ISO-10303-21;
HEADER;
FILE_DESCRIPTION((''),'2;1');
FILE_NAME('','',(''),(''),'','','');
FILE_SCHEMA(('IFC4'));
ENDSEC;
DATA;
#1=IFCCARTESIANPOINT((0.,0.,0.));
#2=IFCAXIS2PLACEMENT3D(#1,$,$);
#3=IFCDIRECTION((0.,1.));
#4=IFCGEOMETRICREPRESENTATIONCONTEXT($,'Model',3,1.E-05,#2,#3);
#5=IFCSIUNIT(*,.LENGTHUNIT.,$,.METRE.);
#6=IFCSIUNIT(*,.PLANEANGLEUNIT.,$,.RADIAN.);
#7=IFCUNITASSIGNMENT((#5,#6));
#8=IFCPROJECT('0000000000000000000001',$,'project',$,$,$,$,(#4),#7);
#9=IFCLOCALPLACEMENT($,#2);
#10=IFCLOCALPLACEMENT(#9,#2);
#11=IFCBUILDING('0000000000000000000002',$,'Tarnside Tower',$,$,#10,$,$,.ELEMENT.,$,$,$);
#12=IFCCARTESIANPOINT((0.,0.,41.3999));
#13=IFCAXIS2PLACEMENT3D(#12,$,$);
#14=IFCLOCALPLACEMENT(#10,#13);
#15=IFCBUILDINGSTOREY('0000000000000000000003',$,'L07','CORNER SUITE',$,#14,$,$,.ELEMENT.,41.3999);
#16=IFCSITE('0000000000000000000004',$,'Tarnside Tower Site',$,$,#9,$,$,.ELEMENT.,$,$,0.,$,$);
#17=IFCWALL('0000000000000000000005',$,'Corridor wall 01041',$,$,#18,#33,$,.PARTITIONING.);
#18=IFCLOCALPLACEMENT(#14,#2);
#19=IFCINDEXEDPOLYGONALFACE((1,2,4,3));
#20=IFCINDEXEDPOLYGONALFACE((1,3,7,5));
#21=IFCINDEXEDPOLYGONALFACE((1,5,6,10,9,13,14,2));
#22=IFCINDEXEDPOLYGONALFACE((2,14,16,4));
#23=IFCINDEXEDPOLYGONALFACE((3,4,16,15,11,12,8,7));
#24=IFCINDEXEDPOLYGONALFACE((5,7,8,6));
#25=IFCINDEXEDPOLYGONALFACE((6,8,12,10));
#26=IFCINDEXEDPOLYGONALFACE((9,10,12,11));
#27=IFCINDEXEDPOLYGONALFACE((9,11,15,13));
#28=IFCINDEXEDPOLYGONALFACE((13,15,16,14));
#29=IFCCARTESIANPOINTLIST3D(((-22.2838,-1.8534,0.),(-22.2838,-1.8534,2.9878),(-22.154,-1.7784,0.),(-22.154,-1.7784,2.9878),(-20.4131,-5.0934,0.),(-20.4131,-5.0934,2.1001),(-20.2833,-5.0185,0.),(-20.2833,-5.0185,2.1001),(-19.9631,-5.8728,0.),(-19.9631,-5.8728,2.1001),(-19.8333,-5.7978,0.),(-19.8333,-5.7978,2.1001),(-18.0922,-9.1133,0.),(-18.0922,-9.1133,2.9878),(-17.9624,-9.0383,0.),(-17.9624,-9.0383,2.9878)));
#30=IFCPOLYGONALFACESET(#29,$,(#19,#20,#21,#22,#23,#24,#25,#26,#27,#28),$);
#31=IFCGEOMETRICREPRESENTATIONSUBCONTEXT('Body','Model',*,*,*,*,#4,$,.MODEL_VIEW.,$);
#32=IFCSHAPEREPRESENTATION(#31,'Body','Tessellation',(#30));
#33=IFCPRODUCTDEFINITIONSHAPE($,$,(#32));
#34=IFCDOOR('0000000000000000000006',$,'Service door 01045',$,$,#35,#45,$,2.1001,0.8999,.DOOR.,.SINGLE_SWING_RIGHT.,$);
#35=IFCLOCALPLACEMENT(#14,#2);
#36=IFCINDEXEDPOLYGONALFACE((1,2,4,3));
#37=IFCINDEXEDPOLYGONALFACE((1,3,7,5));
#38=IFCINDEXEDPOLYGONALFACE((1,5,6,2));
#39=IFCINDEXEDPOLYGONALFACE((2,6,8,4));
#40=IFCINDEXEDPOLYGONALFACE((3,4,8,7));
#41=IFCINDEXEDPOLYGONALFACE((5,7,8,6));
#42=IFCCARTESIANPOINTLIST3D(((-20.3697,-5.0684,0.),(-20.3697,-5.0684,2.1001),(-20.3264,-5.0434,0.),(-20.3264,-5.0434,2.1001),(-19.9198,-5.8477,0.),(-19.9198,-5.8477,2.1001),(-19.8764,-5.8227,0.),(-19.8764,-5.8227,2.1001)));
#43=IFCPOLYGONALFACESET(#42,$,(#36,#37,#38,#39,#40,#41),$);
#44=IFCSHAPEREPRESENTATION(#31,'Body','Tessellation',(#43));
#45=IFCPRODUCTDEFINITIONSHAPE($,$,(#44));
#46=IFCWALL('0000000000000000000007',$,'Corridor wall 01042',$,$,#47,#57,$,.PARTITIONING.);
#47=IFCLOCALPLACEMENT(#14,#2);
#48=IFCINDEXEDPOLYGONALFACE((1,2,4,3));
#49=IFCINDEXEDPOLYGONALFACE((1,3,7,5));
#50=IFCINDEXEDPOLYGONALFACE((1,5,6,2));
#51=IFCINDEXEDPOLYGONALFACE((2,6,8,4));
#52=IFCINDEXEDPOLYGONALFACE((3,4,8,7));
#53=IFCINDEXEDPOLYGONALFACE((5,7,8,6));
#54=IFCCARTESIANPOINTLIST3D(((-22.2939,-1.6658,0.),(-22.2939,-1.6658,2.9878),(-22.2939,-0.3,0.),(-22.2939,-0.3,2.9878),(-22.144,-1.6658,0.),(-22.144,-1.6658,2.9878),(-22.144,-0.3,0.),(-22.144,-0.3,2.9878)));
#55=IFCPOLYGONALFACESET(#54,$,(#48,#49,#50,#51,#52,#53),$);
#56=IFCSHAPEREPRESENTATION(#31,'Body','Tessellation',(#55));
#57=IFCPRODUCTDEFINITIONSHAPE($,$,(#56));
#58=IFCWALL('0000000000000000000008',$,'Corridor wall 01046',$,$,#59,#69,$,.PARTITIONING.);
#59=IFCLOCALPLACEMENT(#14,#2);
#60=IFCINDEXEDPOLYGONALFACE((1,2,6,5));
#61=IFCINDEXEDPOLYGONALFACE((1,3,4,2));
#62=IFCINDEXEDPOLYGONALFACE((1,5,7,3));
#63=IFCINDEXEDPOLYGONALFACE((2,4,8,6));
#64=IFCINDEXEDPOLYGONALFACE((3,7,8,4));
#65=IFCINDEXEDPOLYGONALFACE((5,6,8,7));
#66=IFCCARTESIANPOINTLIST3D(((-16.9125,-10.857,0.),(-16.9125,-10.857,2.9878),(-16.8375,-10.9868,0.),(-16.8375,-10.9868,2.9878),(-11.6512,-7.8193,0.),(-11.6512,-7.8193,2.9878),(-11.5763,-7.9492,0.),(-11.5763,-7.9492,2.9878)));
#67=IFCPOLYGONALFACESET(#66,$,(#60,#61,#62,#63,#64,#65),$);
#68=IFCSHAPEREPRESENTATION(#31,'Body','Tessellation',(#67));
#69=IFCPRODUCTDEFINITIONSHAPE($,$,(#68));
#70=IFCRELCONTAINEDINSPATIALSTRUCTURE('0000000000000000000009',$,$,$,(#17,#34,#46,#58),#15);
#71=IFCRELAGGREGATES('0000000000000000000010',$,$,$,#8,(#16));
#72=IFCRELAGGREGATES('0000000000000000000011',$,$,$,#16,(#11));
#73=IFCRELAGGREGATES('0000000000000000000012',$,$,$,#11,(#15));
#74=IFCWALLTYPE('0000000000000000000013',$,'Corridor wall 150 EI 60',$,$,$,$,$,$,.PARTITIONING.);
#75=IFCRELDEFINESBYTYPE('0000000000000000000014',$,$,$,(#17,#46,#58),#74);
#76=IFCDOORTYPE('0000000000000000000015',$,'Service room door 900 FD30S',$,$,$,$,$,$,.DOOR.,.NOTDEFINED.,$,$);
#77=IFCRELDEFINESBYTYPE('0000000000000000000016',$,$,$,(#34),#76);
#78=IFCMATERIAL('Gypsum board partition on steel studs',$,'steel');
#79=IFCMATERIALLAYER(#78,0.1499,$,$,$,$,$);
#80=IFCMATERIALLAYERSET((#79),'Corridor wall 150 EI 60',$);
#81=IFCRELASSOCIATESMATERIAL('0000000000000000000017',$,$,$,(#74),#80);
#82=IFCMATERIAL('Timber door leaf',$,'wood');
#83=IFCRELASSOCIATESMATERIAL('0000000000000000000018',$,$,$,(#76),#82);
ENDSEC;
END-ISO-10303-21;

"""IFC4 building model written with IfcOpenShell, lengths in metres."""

from ifc_helpers import new_model, si_unit, direction, frame, frame_2d, origin, place, context, subcontext, project, spatial, rectangle, extrude, material, layer, layer_set, type_object, element, fill, save


model = new_model("IFC4")

# Units and contexts
model_context = context("Model", 3, precision=1e-05, world=origin(), true_north=direction((0.0, 1.0)))
body_context = subcontext(model_context, "Body", "Model", "MODEL_VIEW")
ifc_project = project(units=[si_unit("LENGTHUNIT", "METRE"), si_unit("PLANEANGLEUNIT", "RADIAN")], contexts=[model_context])

# Site, building, storey
site_placement = place(None, origin())
site = spatial("IfcSite", under=ifc_project, at=site_placement, Name="Tarnside Tower Site", CompositionType="ELEMENT", RefElevation=0.0)
building_placement = place(site_placement, origin())
building = spatial("IfcBuilding", under=site, at=building_placement, Name="Tarnside Tower", CompositionType="ELEMENT")
storey_placement = place(building_placement, frame((0.0, 0.0, 41.3999)))
storey = spatial("IfcBuildingStorey", under=building, at=storey_placement, Name="L07", Description="CORNER SUITE", CompositionType="ELEMENT", Elevation=41.3999)

# Shared definitions
ifc_material_1 = material(Name="Gypsum board partition on steel studs", Category="steel")
ifc_material_2 = material(Name="Timber door leaf", Category="wood")

# Shared definitions
ifc_layer_1 = layer(ifc_material_1, 0.1499)
ifc_layer_set_1 = layer_set([ifc_layer_1], Name="Corridor wall 150 EI 60")
wall_type_1 = type_object("IfcWallType", Name="Corridor wall 150 EI 60", PredefinedType="PARTITIONING", material=ifc_layer_set_1)

# Wall, opening, door
wall_1_placement = place(storey_placement, frame((-18.0273, -9.0757, 0.0), z_axis=(0.0, 0.0, 1.0), x_axis=(-0.500007, 0.866021, 0.0)))
wall_1 = element("IfcWall", 1, at=wall_1_placement, inside=storey, type_object=wall_type_1, Name="Corridor wall 01041", PredefinedType="PARTITIONING", context=body_context, shape_type="SweptSolid", body=[
    extrude(rectangle(XDim=8.3831, YDim=0.1499, at=frame_2d((4.1914, 0.0))), origin(), (0.0, 0.0, 1.0), 2.9878),
])
opening_1_placement = place(wall_1_placement, frame((3.7417, 0.0, 0.0)))
opening_1 = element("IfcOpeningElement", 2, at=opening_1_placement, cuts=wall_1, PredefinedType="OPENING", context=body_context, shape_type="SweptSolid", body=[
    extrude(rectangle(XDim=0.8999, YDim=2.1001, at=frame_2d((0.45, 1.05))), frame((0.0, 0.085, 0.0), z_axis=(0.0, -1.0, 0.0), x_axis=(1.0, 0.0, 0.0)), (0.0, 0.0, 1.0), 0.1699),
])
door_type_1 = type_object("IfcDoorType", Name="Service room door 900 FD30S", OperationType="NOTDEFINED", PredefinedType="DOOR", material=ifc_material_2)
door_1_placement = place(opening_1_placement, origin())
door_1 = element("IfcDoor", 3, at=door_1_placement, inside=storey, type_object=door_type_1, Name="Service door 01045", OperationType="SINGLE_SWING_RIGHT", OverallHeight=2.1001, OverallWidth=0.8999, PredefinedType="DOOR", context=body_context, shape_type="SweptSolid", body=[
    extrude(rectangle(XDim=0.8999, YDim=2.1001, at=frame_2d((0.45, 1.05))), frame((0.0, 0.0249, 0.0), z_axis=(0.0, -1.0, 0.0), x_axis=(1.0, 0.0, 0.0)), (0.0, 0.0, 1.0), 0.05),
])
fill(opening_1, door_1)

# Walls
wall_2_placement = place(storey_placement, frame((-22.219, -1.6658, 0.0), z_axis=(0.0, 0.0, 1.0), x_axis=(0.0, 1.0, 0.0)))
element("IfcWall", 4, at=wall_2_placement, inside=storey, type_object=wall_type_1, Name="Corridor wall 01042", PredefinedType="PARTITIONING", context=body_context, shape_type="SweptSolid", body=[
    extrude(rectangle(XDim=1.3657, YDim=0.1499, at=frame_2d((0.6829, 0.0))), origin(), (0.0, 0.0, 1.0), 2.9878),
])
wall_3_placement = place(storey_placement, frame((-16.875, -10.9219, 0.0), z_axis=(0.0, 0.0, 1.0), x_axis=(0.866024, 0.500003, 0.0)))
element("IfcWall", 5, at=wall_3_placement, inside=storey, type_object=wall_type_1, Name="Corridor wall 01046", PredefinedType="PARTITIONING", context=body_context, shape_type="SweptSolid", body=[
    extrude(rectangle(XDim=6.0752, YDim=0.1499, at=frame_2d((3.0376, 0.0))), origin(), (0.0, 0.0, 1.0), 2.9878),
])

save(model, "model.ifc")
